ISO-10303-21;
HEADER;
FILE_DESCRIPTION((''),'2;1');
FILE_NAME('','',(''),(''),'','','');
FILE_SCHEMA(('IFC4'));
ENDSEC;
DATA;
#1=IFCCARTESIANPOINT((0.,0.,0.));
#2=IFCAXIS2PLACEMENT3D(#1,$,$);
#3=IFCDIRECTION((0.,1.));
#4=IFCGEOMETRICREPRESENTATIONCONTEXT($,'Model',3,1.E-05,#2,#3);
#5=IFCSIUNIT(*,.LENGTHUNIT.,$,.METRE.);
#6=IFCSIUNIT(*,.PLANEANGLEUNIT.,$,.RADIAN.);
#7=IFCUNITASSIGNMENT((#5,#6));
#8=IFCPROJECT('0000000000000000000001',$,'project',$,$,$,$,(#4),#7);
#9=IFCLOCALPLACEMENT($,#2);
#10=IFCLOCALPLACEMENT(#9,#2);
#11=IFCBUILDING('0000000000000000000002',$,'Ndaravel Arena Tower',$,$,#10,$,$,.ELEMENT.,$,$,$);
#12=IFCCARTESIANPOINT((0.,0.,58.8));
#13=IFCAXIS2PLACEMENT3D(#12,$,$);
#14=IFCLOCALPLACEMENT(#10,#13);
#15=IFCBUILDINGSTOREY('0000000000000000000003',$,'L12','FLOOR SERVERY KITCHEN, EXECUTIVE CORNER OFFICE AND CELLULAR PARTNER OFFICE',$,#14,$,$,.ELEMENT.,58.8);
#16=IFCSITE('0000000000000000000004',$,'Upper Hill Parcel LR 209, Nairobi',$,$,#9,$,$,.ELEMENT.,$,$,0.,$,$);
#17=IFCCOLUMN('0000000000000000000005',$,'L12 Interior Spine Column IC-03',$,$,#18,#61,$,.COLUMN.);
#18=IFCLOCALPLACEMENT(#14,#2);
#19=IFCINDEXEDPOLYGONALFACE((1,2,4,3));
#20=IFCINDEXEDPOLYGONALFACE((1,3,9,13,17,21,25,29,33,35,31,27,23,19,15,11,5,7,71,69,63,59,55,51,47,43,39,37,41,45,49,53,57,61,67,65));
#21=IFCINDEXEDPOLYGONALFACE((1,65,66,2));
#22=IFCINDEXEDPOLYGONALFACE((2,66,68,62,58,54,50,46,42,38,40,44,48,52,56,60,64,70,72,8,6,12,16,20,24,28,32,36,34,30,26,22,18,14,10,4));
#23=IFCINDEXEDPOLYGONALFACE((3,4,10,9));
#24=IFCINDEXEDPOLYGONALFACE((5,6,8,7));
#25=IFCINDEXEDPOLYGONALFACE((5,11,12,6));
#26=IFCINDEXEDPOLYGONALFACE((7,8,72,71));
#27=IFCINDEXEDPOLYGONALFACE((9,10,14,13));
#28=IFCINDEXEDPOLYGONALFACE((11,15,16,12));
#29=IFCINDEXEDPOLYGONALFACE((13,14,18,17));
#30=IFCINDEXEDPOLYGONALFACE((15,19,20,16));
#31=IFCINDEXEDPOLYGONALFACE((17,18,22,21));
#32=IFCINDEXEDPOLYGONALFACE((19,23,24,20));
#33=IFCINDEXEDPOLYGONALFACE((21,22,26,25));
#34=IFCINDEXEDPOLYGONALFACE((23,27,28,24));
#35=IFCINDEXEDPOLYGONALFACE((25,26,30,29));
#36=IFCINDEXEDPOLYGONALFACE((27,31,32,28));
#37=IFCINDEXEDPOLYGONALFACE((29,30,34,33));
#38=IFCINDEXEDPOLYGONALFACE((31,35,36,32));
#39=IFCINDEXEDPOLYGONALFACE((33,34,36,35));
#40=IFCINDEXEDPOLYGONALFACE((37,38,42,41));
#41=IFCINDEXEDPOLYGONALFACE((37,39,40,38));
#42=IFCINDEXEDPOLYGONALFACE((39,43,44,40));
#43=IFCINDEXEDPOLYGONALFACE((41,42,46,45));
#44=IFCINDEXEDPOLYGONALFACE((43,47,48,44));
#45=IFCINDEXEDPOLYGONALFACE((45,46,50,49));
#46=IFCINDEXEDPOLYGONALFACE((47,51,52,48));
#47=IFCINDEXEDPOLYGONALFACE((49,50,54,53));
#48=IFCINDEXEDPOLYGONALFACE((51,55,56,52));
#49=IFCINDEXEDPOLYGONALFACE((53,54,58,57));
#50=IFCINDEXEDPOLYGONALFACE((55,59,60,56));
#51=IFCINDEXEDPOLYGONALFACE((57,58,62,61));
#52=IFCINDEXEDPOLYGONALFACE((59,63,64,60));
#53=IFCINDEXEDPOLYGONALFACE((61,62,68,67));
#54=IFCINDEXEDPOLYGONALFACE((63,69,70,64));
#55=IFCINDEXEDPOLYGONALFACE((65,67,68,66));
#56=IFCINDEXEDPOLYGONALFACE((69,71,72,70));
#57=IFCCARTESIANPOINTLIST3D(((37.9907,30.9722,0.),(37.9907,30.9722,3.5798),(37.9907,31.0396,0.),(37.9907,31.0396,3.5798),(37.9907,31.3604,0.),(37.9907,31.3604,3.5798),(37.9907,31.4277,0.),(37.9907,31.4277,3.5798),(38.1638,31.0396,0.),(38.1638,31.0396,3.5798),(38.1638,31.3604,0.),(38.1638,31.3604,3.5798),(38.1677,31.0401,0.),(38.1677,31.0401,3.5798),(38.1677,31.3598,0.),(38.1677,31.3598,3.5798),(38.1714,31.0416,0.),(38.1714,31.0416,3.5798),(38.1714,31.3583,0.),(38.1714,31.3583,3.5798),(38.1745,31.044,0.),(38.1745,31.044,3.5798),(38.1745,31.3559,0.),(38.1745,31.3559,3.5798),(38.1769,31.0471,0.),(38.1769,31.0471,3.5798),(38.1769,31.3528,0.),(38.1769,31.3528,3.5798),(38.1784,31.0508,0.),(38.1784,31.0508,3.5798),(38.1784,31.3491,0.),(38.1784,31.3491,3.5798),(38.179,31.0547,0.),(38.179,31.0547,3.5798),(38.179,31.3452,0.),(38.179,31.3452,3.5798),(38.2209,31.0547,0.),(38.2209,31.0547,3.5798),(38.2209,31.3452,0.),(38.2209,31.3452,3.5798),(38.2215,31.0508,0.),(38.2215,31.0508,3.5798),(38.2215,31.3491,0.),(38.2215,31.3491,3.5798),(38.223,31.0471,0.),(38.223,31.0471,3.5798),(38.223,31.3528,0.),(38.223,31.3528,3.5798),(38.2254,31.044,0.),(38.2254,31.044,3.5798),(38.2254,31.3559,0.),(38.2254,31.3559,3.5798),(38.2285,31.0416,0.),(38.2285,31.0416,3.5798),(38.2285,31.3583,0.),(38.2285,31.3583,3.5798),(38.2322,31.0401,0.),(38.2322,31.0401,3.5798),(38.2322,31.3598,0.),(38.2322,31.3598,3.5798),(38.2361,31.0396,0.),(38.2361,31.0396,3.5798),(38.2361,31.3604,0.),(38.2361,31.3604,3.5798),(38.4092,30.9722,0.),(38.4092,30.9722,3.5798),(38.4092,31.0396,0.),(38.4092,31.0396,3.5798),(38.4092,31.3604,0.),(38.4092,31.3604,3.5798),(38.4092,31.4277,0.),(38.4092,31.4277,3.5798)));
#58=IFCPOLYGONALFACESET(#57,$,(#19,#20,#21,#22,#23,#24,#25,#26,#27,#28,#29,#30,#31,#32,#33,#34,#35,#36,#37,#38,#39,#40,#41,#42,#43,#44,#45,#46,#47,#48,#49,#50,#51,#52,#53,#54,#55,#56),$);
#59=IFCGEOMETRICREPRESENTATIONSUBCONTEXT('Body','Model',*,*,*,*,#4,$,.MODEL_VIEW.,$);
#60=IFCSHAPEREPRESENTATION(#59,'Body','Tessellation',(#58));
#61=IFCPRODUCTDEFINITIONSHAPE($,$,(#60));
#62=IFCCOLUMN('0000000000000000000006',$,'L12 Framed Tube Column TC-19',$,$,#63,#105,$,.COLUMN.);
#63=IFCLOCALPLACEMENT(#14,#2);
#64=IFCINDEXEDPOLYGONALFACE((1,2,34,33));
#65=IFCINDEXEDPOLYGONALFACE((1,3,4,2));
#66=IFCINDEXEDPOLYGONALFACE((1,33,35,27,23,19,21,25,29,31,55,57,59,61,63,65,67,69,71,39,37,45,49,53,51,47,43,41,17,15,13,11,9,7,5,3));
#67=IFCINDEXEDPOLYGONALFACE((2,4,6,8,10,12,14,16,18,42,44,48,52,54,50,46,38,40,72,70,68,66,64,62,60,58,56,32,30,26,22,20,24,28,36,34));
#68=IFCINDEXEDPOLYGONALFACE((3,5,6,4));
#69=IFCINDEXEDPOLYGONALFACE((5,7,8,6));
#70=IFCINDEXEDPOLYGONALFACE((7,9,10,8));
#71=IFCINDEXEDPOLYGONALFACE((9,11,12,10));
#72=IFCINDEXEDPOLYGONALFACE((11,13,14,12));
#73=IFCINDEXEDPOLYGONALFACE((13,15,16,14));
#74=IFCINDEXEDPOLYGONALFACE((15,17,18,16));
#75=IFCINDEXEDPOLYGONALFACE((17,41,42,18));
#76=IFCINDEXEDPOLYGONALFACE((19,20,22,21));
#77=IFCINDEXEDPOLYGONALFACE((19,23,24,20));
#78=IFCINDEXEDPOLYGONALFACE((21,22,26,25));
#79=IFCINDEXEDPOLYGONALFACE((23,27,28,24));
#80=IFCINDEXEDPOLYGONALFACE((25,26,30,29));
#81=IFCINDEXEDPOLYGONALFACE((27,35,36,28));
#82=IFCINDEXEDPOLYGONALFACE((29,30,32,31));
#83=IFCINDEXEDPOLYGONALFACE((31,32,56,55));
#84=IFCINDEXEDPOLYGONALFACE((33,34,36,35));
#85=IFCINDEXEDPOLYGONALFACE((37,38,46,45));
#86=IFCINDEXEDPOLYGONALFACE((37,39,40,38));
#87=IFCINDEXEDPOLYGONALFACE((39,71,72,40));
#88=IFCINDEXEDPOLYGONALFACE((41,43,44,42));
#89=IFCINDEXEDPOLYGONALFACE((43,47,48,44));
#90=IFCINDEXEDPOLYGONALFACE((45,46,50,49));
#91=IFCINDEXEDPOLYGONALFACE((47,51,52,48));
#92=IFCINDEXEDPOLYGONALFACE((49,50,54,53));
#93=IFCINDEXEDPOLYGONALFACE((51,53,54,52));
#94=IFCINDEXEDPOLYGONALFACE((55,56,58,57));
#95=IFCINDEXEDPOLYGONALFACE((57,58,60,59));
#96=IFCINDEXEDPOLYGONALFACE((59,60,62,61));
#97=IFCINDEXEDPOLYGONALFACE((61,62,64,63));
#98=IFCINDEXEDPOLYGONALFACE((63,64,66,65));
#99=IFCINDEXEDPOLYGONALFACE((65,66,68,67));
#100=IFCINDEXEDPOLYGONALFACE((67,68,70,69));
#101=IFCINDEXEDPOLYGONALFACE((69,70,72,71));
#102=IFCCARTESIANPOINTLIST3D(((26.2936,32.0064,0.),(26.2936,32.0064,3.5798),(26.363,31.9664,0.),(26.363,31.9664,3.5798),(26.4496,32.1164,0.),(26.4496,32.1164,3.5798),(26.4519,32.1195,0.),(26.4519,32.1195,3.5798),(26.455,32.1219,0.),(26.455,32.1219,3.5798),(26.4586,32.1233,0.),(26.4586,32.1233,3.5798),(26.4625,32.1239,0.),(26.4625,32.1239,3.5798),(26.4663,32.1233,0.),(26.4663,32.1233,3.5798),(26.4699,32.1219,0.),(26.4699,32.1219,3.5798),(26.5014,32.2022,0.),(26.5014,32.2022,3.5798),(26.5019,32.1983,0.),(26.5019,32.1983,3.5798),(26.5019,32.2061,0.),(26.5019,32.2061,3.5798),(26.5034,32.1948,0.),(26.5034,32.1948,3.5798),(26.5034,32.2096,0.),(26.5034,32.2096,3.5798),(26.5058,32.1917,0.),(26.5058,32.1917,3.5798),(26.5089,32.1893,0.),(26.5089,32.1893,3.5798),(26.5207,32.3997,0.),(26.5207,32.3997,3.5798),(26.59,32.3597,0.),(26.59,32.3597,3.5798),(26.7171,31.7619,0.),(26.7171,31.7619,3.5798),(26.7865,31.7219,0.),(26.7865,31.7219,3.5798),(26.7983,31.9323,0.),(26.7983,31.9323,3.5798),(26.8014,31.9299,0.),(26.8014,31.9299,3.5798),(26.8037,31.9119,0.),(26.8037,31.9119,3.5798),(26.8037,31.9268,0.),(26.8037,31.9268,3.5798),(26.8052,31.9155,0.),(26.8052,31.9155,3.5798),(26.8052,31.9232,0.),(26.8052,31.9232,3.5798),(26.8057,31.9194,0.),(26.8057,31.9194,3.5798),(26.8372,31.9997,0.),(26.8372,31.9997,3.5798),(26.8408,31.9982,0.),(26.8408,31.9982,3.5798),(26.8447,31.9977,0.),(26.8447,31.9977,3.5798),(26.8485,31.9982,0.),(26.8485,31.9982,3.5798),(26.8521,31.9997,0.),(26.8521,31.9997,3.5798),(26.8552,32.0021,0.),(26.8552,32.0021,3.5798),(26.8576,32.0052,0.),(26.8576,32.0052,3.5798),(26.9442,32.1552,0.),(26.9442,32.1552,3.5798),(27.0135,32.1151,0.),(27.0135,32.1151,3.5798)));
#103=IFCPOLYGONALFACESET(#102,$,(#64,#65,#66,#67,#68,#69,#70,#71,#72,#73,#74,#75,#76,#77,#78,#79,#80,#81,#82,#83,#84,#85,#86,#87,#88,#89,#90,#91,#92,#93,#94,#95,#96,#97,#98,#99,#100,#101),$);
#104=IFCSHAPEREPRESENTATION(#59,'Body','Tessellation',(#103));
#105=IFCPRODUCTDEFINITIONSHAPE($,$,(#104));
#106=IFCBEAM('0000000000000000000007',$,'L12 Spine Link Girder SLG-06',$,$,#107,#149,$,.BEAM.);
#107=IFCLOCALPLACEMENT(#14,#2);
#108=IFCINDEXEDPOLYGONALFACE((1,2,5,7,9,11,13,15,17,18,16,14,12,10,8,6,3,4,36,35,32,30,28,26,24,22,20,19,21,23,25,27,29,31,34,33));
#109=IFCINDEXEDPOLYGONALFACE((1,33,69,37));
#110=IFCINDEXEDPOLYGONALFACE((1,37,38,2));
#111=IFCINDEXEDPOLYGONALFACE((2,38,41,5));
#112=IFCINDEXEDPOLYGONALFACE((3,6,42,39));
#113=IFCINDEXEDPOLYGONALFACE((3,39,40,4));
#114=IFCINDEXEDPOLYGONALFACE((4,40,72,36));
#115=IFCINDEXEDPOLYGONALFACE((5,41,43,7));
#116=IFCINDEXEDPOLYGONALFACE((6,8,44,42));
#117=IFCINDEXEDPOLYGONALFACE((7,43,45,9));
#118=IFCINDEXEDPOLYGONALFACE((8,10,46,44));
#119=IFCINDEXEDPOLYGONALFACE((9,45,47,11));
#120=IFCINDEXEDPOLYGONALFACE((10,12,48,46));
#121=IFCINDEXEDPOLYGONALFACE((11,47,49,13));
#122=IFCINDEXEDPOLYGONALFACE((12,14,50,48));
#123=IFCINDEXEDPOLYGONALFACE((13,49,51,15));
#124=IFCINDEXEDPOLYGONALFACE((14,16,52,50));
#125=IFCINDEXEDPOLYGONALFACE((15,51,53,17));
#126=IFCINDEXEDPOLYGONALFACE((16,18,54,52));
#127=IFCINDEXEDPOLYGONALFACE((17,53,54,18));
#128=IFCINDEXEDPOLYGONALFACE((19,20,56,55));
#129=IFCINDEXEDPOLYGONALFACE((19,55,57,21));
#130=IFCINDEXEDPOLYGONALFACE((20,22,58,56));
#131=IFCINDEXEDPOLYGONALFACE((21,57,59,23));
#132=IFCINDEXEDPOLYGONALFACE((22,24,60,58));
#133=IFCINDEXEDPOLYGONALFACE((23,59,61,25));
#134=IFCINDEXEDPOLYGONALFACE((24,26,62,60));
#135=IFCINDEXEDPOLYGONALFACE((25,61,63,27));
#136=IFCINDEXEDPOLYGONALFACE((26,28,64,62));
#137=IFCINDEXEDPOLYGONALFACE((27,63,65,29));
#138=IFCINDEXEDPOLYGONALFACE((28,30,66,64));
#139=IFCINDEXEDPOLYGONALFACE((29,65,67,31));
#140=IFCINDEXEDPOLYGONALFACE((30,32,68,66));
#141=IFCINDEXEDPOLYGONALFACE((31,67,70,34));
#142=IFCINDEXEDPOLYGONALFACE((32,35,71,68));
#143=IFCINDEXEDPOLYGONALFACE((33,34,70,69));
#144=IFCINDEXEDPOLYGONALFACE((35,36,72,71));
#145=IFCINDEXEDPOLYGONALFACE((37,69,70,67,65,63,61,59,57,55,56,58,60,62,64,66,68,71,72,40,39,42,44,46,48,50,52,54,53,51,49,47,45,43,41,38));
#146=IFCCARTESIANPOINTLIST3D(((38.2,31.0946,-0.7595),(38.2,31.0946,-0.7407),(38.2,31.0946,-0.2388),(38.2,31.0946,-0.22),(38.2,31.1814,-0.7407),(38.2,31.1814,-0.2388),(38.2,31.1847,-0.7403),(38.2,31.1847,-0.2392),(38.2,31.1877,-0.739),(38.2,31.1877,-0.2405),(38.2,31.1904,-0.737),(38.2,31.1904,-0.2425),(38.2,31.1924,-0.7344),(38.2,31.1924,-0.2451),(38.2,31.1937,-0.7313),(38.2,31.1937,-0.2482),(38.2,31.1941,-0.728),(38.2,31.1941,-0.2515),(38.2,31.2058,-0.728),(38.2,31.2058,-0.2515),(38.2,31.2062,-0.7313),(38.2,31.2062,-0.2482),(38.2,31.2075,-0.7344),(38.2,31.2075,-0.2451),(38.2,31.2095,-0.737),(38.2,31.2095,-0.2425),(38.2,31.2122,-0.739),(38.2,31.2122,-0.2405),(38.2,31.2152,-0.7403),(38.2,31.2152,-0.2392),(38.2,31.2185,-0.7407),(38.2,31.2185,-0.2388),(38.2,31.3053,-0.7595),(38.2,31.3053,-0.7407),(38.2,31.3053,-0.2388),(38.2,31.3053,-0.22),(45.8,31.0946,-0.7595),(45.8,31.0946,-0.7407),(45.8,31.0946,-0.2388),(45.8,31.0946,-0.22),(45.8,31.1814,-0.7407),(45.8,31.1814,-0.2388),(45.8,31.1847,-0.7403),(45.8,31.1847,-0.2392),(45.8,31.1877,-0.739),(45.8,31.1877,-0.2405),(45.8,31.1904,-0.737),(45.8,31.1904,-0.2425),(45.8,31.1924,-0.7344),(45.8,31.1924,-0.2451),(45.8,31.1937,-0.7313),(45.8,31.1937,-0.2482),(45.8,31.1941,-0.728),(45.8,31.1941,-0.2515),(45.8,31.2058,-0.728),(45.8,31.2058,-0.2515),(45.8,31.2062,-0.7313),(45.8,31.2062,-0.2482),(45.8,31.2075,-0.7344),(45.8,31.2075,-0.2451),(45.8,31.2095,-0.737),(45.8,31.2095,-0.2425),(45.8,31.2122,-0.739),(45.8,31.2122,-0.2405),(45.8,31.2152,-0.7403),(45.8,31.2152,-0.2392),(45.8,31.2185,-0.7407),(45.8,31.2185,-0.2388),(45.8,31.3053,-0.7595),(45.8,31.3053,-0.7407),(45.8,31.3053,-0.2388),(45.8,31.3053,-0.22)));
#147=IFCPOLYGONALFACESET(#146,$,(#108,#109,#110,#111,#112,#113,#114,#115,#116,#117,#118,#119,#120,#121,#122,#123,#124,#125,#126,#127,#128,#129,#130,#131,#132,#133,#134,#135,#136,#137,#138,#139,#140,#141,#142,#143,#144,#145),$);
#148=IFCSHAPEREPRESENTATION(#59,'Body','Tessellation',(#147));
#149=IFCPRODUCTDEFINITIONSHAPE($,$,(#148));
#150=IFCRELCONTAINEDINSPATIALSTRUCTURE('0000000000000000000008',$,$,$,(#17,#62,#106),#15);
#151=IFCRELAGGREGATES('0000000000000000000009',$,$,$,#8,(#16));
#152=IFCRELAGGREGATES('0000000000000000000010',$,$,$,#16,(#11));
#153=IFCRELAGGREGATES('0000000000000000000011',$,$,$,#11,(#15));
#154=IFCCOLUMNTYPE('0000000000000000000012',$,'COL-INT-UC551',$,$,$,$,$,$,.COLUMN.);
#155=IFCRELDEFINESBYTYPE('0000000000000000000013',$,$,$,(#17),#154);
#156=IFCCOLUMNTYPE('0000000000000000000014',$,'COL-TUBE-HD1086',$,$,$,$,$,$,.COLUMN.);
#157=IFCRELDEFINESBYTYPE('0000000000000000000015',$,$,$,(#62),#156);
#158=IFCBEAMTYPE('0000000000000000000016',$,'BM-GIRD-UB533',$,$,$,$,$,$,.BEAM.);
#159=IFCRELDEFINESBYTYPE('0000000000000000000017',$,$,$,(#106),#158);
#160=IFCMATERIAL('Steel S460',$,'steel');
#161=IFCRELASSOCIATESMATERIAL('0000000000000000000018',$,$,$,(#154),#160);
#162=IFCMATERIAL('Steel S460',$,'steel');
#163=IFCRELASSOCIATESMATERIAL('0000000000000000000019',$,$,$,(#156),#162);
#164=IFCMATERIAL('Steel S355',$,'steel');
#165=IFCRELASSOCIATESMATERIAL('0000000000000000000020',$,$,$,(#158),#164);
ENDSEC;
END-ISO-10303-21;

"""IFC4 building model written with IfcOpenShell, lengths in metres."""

from ifc_helpers import new_model, si_unit, direction, frame, origin, origin_2d, place, context, subcontext, project, spatial, i_section, extrude, material, material_profile, profile_set, type_object, element, save


model = new_model("IFC4")

# Units and contexts
model_context = context("Model", 3, precision=1e-05, world=origin(), true_north=direction((0.0, 1.0)))
body_context = subcontext(model_context, "Body", "Model", "MODEL_VIEW")
ifc_project = project(units=[si_unit("LENGTHUNIT", "METRE"), si_unit("PLANEANGLEUNIT", "RADIAN")], contexts=[model_context])

# Site, building, storey
site_placement = place(None, origin())
site = spatial("IfcSite", under=ifc_project, at=site_placement, Name="Upper Hill Parcel LR 209, Nairobi", CompositionType="ELEMENT", RefElevation=0.0)
building_placement = place(site_placement, origin())
building = spatial("IfcBuilding", under=site, at=building_placement, Name="Ndaravel Arena Tower", CompositionType="ELEMENT")
storey_placement = place(building_placement, frame((0.0, 0.0, 58.8)))
storey = spatial("IfcBuildingStorey", under=building, at=storey_placement, Name="L12", Description="FLOOR SERVERY KITCHEN, EXECUTIVE CORNER OFFICE AND CELLULAR PARTNER OFFICE", CompositionType="ELEMENT", Elevation=58.8)

# Columns
ifc_material_1 = material(Name="Steel S460", Category="steel")
ifc_material_profile_1 = material_profile(ifc_material_1, i_section(OverallWidth=0.4185, OverallDepth=0.4556, WebThickness=0.042, FlangeThickness=0.0674, FilletRadius=0.0151, at=origin_2d()), Name="UC 356x406x551")
ifc_profile_set_1 = profile_set([ifc_material_profile_1], Name="Steel S460")
column_type_1 = type_object("IfcColumnType", Name="COL-INT-UC551", PredefinedType="COLUMN", material=ifc_profile_set_1)
column_1_placement = place(storey_placement, frame((38.2, 31.2, 0.0), z_axis=(0.0, 0.0, 1.0), x_axis=(1.0, 0.0, 0.0)))
element("IfcColumn", 1, at=column_1_placement, inside=storey, type_object=column_type_1, Name="L12 Interior Spine Column IC-03", PredefinedType="COLUMN", context=body_context, shape_type="SweptSolid", body=[
    extrude(i_section(OverallWidth=0.4185, OverallDepth=0.4556, WebThickness=0.042, FlangeThickness=0.0674, FilletRadius=0.0151, at=origin_2d()), origin(), (0.0, 0.0, 1.0), 3.5798),
])
ifc_material_2 = material(Name="Steel S460", Category="steel")
ifc_material_profile_2 = material_profile(ifc_material_2, i_section(OverallWidth=0.4541, OverallDepth=0.5691, WebThickness=0.0779, FlangeThickness=0.0801, FilletRadius=0.0149, at=origin_2d()), Name="HD 400x1086")
ifc_profile_set_2 = profile_set([ifc_material_profile_2], Name="Steel S460")
column_type_2 = type_object("IfcColumnType", Name="COL-TUBE-HD1086", PredefinedType="COLUMN", material=ifc_profile_set_2)
column_2_placement = place(storey_placement, frame((26.6536, 32.0608, 0.0), z_axis=(0.0, 0.0, 1.0), x_axis=(0.5, 0.866025, 0.0)))
element("IfcColumn", 2, at=column_2_placement, inside=storey, type_object=column_type_2, Name="L12 Framed Tube Column TC-19", PredefinedType="COLUMN", context=body_context, shape_type="SweptSolid", body=[
    extrude(i_section(OverallWidth=0.4541, OverallDepth=0.5691, WebThickness=0.0779, FlangeThickness=0.0801, FilletRadius=0.0149, at=origin_2d()), origin(), (0.0, 0.0, 1.0), 3.5798),
])

# Beam
ifc_material_3 = material(Name="Steel S355", Category="steel")
ifc_material_profile_3 = material_profile(ifc_material_3, i_section(OverallWidth=0.2107, OverallDepth=0.5396, WebThickness=0.0117, FlangeThickness=0.0188, FilletRadius=0.0127, at=origin_2d()), Name="UB 533x210x109")
ifc_profile_set_3 = profile_set([ifc_material_profile_3], Name="Steel S355")
beam_type_1 = type_object("IfcBeamType", Name="BM-GIRD-UB533", PredefinedType="BEAM", material=ifc_profile_set_3)
beam_1_placement = place(storey_placement, frame((38.2, 31.2, -0.4897), z_axis=(1.0, 0.0, 0.0), x_axis=(0.0, 1.0, 0.0)))
element("IfcBeam", 3, at=beam_1_placement, inside=storey, type_object=beam_type_1, Name="L12 Spine Link Girder SLG-06", PredefinedType="BEAM", context=body_context, shape_type="SweptSolid", body=[
    extrude(i_section(OverallWidth=0.2107, OverallDepth=0.5396, WebThickness=0.0117, FlangeThickness=0.0188, FilletRadius=0.0127, at=origin_2d()), origin(), (0.0, 0.0, 1.0), 7.6001),
])

save(model, "model.ifc")
